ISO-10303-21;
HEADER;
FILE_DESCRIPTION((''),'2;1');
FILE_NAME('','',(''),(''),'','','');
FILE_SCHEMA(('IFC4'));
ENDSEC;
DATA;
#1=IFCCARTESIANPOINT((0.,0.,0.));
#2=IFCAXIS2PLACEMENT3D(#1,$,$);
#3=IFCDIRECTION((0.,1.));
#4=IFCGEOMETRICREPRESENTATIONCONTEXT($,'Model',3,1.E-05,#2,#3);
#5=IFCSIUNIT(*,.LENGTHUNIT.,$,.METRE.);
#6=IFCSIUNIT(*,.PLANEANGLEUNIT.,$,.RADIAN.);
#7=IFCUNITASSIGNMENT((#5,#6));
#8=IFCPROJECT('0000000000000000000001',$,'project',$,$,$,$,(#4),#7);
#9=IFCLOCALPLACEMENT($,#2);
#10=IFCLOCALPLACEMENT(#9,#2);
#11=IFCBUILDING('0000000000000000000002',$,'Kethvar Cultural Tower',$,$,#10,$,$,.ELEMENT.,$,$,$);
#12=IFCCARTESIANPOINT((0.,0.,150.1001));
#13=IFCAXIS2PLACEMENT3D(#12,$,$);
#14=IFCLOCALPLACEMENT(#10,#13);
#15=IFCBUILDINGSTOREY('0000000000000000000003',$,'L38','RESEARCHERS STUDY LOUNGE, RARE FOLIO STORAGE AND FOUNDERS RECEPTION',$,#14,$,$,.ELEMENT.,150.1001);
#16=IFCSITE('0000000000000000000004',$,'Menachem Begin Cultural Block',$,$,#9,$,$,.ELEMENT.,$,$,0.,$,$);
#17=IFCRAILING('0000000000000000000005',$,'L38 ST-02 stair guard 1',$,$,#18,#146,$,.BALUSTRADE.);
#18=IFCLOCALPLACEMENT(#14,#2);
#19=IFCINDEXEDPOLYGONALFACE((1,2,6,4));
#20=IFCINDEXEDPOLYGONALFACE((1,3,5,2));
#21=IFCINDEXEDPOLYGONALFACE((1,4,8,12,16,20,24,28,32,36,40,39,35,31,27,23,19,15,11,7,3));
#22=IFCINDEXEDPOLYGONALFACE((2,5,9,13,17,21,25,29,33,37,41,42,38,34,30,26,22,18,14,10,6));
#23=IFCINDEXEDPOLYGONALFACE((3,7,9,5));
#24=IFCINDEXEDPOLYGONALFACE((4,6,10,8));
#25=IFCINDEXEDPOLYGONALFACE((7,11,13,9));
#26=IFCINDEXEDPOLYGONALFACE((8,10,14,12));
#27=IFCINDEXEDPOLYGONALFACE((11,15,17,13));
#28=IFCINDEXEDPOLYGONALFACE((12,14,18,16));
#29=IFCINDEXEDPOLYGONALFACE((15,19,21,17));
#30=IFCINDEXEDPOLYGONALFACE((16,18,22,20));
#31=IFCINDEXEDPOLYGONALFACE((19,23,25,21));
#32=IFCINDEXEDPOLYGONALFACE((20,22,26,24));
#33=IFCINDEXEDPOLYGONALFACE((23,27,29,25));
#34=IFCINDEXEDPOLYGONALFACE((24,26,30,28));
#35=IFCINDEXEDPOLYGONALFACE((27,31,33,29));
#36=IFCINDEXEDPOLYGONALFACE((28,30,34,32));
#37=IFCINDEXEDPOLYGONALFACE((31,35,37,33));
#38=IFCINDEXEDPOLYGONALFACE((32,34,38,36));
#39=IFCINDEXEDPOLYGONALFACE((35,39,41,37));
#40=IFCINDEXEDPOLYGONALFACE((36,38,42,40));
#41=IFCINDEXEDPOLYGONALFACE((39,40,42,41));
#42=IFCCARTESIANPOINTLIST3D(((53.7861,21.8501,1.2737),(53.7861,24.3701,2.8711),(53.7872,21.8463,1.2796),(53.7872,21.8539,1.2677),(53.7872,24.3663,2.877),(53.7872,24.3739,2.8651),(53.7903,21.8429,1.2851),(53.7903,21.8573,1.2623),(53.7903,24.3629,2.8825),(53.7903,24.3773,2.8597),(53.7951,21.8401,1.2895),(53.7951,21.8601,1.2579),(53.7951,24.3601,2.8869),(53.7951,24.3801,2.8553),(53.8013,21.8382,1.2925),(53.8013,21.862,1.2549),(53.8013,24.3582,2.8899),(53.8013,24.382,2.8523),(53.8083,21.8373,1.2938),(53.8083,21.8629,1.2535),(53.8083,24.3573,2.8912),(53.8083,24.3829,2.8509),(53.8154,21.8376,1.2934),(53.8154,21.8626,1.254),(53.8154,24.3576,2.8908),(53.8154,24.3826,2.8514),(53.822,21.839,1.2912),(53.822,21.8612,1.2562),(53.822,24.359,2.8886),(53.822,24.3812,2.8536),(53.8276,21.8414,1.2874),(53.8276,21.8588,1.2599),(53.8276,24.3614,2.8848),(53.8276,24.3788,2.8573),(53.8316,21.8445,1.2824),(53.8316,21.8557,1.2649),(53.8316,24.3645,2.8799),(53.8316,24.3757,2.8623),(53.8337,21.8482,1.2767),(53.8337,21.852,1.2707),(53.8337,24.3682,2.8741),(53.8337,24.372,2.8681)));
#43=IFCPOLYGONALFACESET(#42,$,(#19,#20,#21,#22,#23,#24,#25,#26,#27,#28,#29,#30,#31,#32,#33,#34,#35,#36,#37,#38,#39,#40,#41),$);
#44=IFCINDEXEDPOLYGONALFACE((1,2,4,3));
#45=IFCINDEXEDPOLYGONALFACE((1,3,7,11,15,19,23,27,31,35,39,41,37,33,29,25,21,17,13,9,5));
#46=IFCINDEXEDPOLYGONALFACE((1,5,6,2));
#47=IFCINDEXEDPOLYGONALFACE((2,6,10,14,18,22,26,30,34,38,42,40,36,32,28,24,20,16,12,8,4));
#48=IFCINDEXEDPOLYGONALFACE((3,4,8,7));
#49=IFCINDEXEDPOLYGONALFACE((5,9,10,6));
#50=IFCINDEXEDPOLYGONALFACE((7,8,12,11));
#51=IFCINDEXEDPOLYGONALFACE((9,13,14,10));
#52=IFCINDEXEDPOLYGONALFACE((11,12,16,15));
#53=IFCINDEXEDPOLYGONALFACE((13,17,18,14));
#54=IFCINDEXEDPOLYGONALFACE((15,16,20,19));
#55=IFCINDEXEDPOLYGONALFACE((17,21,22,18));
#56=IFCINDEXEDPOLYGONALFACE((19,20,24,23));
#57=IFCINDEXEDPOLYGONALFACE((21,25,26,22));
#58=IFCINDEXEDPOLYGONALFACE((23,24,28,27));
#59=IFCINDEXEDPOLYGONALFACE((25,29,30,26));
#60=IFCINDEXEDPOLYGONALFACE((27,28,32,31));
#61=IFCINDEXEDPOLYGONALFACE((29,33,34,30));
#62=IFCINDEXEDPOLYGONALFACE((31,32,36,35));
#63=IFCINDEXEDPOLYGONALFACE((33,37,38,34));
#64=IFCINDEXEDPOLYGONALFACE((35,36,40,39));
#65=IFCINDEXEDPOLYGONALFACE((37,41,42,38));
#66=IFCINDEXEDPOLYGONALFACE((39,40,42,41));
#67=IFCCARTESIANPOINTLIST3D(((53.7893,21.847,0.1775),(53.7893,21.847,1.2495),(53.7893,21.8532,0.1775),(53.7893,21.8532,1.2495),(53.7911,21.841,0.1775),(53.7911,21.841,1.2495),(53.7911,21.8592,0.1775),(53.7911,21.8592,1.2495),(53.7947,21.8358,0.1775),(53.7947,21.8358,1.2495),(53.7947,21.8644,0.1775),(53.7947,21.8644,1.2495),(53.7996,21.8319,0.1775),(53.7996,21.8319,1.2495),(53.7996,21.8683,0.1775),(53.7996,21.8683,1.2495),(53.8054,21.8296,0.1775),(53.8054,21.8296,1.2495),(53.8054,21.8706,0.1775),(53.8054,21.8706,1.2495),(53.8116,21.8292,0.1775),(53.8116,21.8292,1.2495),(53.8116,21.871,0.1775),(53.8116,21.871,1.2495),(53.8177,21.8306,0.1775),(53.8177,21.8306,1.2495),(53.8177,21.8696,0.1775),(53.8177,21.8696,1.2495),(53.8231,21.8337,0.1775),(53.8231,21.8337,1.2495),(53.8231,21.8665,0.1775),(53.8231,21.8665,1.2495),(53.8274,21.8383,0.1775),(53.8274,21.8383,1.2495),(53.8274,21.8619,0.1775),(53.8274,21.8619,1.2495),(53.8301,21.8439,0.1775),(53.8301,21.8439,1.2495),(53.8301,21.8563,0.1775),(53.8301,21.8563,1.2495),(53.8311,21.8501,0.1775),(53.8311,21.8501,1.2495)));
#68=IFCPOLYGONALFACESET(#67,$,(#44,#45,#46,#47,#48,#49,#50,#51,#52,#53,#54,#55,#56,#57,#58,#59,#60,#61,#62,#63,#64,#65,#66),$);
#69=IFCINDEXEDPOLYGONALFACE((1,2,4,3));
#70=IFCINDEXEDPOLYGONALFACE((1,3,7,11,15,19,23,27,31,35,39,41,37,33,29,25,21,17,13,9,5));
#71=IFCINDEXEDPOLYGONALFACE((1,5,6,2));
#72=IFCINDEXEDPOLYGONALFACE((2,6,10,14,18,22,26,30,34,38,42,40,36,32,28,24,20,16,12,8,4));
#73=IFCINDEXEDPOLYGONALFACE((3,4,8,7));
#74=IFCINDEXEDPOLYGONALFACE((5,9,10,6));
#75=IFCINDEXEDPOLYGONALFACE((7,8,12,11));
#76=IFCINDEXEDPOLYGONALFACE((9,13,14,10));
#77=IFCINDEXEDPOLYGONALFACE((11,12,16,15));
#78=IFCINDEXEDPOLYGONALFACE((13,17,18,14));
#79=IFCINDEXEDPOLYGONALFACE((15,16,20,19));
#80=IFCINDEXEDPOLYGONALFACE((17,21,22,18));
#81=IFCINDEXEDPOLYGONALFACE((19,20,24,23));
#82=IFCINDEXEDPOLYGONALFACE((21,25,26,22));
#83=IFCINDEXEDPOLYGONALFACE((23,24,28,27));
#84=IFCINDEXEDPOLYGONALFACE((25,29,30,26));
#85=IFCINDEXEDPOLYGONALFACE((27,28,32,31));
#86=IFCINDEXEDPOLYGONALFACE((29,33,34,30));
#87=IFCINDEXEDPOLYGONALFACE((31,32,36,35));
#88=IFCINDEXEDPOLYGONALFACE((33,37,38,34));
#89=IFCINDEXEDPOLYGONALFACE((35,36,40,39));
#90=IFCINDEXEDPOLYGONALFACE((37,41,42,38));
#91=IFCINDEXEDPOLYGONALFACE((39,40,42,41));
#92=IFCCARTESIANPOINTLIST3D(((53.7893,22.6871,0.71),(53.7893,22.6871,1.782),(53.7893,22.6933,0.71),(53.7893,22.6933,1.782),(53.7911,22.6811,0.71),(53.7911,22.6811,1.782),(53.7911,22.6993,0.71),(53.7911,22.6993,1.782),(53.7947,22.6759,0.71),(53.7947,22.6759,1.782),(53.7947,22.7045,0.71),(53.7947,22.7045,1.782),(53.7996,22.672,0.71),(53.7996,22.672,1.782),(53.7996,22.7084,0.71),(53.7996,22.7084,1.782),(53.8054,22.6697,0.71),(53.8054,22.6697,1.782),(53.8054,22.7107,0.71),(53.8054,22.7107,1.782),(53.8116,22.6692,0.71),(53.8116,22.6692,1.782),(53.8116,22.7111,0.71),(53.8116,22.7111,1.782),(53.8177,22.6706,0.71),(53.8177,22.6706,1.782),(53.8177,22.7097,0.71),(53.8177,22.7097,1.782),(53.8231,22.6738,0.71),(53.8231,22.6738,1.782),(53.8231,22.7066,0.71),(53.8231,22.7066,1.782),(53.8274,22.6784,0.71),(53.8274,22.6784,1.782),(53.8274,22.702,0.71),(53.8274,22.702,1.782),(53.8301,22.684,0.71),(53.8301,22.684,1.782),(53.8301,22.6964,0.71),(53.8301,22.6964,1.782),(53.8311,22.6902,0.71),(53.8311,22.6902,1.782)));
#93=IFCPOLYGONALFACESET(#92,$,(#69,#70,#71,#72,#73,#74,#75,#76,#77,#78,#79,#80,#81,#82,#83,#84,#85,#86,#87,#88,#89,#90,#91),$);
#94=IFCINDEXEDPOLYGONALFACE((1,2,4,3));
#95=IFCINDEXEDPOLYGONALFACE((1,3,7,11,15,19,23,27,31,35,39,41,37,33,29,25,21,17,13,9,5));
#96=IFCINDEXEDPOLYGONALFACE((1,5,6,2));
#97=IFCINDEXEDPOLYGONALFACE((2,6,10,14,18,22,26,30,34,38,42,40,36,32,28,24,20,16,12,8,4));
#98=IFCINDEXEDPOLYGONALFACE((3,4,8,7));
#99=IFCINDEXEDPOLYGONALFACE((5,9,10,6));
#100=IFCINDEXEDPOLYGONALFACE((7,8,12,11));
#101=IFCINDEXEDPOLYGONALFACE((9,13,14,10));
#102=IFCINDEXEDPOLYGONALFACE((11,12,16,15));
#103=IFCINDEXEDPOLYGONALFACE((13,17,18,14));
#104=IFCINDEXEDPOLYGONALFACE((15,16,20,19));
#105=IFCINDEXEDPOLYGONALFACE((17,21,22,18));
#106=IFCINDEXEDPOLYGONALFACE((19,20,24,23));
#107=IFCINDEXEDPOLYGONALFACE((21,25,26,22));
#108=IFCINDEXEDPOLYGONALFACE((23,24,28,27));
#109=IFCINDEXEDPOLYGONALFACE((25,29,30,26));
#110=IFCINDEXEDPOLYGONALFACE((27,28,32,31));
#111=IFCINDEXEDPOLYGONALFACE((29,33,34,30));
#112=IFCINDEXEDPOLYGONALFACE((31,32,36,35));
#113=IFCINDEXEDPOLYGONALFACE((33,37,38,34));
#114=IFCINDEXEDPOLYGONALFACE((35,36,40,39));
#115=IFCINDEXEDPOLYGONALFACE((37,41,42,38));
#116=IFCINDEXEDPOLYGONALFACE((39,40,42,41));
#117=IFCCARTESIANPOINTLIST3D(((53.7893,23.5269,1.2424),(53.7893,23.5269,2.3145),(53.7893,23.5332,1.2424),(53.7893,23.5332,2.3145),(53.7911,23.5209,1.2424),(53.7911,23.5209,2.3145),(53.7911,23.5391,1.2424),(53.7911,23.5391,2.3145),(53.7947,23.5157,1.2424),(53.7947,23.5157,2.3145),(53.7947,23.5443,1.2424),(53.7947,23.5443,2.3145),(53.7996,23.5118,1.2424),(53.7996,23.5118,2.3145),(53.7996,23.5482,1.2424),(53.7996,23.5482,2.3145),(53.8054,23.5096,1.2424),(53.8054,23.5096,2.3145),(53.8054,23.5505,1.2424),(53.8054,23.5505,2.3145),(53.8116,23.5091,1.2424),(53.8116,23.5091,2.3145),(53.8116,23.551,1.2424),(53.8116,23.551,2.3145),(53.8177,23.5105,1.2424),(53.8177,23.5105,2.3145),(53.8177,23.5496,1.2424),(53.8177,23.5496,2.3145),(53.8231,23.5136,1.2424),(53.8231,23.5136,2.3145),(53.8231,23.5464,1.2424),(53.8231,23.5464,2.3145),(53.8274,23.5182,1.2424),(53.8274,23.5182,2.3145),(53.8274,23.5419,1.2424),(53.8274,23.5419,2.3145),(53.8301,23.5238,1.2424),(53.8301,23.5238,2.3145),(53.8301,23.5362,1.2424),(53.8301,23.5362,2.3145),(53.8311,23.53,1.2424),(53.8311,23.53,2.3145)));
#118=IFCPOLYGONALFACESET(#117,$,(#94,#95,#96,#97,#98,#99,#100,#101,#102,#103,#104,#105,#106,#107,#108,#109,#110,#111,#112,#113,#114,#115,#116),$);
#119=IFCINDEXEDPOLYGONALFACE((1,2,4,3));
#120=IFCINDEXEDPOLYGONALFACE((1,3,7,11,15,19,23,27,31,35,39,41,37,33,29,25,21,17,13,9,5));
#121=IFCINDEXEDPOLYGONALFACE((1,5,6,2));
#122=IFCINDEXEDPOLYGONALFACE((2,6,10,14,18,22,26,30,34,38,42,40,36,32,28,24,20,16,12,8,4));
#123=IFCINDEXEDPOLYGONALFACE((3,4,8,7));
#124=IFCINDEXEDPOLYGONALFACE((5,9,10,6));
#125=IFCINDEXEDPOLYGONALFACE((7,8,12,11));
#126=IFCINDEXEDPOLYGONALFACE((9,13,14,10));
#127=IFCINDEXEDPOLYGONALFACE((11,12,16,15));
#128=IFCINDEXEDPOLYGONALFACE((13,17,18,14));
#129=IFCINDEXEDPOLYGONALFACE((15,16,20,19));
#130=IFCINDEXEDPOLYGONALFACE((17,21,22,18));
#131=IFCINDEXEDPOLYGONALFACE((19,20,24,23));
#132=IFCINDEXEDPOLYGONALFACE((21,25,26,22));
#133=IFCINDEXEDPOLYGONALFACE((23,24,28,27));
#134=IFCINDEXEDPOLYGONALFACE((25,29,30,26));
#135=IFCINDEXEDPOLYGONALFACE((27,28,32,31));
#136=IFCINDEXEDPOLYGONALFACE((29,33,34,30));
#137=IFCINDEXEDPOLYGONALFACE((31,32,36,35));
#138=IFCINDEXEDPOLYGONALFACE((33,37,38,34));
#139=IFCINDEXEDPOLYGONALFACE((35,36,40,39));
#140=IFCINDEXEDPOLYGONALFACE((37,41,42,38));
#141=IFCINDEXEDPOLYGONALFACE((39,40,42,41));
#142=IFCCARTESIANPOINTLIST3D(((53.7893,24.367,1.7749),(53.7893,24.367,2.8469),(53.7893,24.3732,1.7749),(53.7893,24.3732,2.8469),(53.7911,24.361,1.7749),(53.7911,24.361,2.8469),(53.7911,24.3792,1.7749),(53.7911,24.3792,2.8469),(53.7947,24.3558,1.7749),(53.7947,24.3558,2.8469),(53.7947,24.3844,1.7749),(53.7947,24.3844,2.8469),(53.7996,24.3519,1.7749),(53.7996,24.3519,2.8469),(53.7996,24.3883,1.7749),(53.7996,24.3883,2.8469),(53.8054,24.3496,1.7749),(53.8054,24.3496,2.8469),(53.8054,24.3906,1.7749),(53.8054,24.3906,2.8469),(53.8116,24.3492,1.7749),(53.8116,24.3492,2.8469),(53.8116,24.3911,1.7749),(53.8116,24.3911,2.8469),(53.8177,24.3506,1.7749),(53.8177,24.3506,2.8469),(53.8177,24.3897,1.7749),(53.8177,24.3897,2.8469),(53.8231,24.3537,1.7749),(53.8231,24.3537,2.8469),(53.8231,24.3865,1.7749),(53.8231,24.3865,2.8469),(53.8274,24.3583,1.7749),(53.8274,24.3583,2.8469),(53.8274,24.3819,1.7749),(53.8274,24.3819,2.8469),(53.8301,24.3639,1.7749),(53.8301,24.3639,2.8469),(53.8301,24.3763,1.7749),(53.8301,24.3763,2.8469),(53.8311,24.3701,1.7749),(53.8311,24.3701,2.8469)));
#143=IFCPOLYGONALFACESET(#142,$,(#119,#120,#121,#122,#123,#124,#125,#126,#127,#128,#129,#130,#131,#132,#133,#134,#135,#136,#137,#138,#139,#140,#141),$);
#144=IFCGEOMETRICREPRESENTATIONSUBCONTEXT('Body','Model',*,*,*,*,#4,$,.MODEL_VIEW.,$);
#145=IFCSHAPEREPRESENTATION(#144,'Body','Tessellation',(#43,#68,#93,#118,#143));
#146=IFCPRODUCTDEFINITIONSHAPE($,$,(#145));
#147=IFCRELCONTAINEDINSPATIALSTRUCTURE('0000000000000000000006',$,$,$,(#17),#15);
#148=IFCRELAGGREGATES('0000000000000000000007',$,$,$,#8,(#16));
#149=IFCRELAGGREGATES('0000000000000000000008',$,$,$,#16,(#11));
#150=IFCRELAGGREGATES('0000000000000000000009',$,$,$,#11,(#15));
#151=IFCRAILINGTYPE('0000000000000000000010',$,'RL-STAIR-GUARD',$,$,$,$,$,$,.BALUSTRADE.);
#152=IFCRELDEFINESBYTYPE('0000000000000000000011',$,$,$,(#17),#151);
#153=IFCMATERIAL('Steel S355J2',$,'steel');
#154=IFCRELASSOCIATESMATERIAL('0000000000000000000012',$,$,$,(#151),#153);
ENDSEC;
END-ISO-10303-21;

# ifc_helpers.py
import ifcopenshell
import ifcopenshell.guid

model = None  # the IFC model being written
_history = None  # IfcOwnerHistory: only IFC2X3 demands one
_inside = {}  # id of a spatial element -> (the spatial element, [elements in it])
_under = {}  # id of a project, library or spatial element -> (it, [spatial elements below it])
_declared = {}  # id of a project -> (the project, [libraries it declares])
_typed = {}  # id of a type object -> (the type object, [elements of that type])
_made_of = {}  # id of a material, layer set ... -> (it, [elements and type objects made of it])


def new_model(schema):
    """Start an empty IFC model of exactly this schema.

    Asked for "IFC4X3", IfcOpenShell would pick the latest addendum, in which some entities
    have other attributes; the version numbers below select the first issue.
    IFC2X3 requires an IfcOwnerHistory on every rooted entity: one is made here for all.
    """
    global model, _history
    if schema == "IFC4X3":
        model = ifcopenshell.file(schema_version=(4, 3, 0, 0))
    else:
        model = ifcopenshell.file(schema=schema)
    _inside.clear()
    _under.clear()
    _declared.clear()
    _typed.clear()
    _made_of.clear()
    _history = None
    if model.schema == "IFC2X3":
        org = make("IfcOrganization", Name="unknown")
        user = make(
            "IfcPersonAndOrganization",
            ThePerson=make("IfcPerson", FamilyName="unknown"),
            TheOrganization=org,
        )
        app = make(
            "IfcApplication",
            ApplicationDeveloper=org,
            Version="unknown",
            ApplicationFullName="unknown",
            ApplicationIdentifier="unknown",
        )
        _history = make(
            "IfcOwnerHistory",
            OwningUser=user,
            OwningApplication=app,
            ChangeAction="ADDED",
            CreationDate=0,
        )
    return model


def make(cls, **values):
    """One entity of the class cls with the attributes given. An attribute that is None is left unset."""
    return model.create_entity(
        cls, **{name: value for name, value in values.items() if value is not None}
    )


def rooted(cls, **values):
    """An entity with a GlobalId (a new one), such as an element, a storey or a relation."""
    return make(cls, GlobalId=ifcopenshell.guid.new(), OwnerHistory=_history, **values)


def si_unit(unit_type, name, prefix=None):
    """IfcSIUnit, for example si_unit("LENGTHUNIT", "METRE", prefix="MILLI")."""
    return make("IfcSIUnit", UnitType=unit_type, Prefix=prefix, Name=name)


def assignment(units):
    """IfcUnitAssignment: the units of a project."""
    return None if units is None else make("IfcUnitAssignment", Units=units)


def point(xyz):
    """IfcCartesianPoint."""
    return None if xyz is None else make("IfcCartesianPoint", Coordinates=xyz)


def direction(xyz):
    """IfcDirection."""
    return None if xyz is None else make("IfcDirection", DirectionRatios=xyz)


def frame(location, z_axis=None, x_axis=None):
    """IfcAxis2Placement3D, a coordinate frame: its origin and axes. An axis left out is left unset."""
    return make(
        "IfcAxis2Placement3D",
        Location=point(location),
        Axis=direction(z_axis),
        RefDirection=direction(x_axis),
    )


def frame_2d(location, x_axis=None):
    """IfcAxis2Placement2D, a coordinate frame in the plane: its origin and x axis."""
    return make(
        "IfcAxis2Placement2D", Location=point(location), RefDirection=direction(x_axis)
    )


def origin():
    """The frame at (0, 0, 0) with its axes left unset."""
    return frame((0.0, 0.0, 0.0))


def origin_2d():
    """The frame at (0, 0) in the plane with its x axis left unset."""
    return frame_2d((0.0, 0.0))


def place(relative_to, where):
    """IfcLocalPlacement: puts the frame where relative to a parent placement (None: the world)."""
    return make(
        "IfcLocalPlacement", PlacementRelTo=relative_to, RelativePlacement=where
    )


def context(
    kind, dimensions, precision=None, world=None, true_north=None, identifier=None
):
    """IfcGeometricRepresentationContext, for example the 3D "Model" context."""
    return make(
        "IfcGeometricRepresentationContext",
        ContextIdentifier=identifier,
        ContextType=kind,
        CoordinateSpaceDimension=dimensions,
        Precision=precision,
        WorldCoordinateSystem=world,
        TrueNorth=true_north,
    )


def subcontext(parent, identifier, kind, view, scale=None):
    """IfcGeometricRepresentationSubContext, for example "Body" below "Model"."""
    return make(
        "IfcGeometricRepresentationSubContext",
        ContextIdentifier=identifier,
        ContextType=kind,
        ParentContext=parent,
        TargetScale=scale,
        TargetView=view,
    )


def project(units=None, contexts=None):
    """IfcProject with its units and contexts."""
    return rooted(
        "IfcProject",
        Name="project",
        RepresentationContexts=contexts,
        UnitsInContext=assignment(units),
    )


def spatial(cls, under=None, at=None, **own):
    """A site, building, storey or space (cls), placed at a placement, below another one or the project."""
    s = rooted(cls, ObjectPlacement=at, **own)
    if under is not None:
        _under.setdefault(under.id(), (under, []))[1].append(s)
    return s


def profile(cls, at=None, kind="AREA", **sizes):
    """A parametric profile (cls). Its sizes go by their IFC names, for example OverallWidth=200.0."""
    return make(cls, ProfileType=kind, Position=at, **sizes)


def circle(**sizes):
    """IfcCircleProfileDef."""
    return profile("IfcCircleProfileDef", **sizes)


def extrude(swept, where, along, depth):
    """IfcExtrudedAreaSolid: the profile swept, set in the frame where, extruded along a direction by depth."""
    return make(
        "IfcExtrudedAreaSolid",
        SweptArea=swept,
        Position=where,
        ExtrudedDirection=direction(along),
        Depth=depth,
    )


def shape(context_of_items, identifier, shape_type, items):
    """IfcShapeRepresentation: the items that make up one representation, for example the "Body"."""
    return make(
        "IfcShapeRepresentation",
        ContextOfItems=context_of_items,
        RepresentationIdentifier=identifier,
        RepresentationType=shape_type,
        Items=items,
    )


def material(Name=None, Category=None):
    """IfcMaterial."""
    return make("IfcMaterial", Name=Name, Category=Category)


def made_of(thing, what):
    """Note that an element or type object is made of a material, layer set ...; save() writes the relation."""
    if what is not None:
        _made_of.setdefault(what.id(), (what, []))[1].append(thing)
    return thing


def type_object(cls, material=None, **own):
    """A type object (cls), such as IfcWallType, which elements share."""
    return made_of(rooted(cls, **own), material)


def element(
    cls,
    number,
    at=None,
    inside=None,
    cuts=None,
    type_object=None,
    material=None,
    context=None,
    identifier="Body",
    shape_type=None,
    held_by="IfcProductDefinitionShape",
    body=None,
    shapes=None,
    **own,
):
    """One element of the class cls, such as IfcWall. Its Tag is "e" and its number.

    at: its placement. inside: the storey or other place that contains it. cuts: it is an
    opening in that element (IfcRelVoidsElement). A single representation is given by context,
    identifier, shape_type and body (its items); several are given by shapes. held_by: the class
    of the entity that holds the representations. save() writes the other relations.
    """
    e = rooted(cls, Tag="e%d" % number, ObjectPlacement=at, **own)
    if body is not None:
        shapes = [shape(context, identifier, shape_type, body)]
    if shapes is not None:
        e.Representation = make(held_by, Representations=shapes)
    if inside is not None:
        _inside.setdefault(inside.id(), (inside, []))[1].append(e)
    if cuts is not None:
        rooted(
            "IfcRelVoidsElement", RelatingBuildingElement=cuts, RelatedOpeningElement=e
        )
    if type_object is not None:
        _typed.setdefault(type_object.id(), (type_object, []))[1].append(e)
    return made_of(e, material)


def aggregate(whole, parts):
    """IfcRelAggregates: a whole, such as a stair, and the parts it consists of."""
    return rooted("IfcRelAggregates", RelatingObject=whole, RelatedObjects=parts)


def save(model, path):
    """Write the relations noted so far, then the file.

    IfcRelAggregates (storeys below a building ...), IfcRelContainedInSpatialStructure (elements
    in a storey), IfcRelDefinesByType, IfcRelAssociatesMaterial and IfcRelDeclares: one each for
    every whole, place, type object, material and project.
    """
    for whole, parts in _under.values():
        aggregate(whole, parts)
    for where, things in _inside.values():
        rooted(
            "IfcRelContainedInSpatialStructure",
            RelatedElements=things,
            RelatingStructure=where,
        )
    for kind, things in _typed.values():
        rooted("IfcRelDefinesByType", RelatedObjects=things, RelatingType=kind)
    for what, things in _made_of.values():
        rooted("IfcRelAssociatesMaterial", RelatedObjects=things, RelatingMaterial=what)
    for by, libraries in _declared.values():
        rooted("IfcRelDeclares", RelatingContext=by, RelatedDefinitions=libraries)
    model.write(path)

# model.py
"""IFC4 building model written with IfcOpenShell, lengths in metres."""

from ifc_helpers import new_model, si_unit, direction, frame, origin, origin_2d, place, context, subcontext, project, spatial, circle, extrude, material, type_object, element, save


model = new_model("IFC4")

# Units and contexts
model_context = context("Model", 3, precision=1e-05, world=origin(), true_north=direction((0.0, 1.0)))
body_context = subcontext(model_context, "Body", "Model", "MODEL_VIEW")
ifc_project = project(units=[si_unit("LENGTHUNIT", "METRE"), si_unit("PLANEANGLEUNIT", "RADIAN")], contexts=[model_context])

# Site, building, storey
site_placement = place(None, origin())
site = spatial("IfcSite", under=ifc_project, at=site_placement, Name="Menachem Begin Cultural Block", CompositionType="ELEMENT", RefElevation=0.0)
building_placement = place(site_placement, origin())
building = spatial("IfcBuilding", under=site, at=building_placement, Name="Kethvar Cultural Tower", CompositionType="ELEMENT")
storey_placement = place(building_placement, frame((0.0, 0.0, 150.1001)))
storey = spatial("IfcBuildingStorey", under=building, at=storey_placement, Name="L38", Description="RESEARCHERS STUDY LOUNGE, RARE FOLIO STORAGE AND FOUNDERS RECEPTION", CompositionType="ELEMENT", Elevation=150.1001)

# Shared definitions
ifc_material_1 = material(Name="Steel S355J2", Category="steel")

# Railing
railing_type_1 = type_object("IfcRailingType", Name="RL-STAIR-GUARD", PredefinedType="BALUSTRADE", material=ifc_material_1)
railing_1_placement = place(storey_placement, frame((53.8101, 21.8501, 0.1775)))
element("IfcRailing", 1, at=railing_1_placement, inside=storey, type_object=railing_type_1, Name="L38 ST-02 stair guard 1", PredefinedType="BALUSTRADE", context=body_context, shape_type="SweptSolid", body=[
    extrude(circle(Radius=0.0239, at=origin_2d()), frame((0.0, 0.0, 1.0962), z_axis=(0.0, 0.844607, 0.535387), x_axis=(-1.0, 0.0, 0.0)), (0.0, 0.0, 1.0), 2.9836),
    extrude(circle(Radius=0.021, at=origin_2d()), origin(), (0.0, 0.0, 1.0), 1.072),
    extrude(circle(Radius=0.021, at=origin_2d()), frame((0.0, 0.8401, 0.5325)), (0.0, 0.0, 1.0), 1.072),
    extrude(circle(Radius=0.021, at=origin_2d()), frame((0.0, 1.6799, 1.0649)), (0.0, 0.0, 1.0), 1.072),
    extrude(circle(Radius=0.021, at=origin_2d()), frame((0.0, 2.52, 1.5974)), (0.0, 0.0, 1.0), 1.072),
])

save(model, "model.ifc")
